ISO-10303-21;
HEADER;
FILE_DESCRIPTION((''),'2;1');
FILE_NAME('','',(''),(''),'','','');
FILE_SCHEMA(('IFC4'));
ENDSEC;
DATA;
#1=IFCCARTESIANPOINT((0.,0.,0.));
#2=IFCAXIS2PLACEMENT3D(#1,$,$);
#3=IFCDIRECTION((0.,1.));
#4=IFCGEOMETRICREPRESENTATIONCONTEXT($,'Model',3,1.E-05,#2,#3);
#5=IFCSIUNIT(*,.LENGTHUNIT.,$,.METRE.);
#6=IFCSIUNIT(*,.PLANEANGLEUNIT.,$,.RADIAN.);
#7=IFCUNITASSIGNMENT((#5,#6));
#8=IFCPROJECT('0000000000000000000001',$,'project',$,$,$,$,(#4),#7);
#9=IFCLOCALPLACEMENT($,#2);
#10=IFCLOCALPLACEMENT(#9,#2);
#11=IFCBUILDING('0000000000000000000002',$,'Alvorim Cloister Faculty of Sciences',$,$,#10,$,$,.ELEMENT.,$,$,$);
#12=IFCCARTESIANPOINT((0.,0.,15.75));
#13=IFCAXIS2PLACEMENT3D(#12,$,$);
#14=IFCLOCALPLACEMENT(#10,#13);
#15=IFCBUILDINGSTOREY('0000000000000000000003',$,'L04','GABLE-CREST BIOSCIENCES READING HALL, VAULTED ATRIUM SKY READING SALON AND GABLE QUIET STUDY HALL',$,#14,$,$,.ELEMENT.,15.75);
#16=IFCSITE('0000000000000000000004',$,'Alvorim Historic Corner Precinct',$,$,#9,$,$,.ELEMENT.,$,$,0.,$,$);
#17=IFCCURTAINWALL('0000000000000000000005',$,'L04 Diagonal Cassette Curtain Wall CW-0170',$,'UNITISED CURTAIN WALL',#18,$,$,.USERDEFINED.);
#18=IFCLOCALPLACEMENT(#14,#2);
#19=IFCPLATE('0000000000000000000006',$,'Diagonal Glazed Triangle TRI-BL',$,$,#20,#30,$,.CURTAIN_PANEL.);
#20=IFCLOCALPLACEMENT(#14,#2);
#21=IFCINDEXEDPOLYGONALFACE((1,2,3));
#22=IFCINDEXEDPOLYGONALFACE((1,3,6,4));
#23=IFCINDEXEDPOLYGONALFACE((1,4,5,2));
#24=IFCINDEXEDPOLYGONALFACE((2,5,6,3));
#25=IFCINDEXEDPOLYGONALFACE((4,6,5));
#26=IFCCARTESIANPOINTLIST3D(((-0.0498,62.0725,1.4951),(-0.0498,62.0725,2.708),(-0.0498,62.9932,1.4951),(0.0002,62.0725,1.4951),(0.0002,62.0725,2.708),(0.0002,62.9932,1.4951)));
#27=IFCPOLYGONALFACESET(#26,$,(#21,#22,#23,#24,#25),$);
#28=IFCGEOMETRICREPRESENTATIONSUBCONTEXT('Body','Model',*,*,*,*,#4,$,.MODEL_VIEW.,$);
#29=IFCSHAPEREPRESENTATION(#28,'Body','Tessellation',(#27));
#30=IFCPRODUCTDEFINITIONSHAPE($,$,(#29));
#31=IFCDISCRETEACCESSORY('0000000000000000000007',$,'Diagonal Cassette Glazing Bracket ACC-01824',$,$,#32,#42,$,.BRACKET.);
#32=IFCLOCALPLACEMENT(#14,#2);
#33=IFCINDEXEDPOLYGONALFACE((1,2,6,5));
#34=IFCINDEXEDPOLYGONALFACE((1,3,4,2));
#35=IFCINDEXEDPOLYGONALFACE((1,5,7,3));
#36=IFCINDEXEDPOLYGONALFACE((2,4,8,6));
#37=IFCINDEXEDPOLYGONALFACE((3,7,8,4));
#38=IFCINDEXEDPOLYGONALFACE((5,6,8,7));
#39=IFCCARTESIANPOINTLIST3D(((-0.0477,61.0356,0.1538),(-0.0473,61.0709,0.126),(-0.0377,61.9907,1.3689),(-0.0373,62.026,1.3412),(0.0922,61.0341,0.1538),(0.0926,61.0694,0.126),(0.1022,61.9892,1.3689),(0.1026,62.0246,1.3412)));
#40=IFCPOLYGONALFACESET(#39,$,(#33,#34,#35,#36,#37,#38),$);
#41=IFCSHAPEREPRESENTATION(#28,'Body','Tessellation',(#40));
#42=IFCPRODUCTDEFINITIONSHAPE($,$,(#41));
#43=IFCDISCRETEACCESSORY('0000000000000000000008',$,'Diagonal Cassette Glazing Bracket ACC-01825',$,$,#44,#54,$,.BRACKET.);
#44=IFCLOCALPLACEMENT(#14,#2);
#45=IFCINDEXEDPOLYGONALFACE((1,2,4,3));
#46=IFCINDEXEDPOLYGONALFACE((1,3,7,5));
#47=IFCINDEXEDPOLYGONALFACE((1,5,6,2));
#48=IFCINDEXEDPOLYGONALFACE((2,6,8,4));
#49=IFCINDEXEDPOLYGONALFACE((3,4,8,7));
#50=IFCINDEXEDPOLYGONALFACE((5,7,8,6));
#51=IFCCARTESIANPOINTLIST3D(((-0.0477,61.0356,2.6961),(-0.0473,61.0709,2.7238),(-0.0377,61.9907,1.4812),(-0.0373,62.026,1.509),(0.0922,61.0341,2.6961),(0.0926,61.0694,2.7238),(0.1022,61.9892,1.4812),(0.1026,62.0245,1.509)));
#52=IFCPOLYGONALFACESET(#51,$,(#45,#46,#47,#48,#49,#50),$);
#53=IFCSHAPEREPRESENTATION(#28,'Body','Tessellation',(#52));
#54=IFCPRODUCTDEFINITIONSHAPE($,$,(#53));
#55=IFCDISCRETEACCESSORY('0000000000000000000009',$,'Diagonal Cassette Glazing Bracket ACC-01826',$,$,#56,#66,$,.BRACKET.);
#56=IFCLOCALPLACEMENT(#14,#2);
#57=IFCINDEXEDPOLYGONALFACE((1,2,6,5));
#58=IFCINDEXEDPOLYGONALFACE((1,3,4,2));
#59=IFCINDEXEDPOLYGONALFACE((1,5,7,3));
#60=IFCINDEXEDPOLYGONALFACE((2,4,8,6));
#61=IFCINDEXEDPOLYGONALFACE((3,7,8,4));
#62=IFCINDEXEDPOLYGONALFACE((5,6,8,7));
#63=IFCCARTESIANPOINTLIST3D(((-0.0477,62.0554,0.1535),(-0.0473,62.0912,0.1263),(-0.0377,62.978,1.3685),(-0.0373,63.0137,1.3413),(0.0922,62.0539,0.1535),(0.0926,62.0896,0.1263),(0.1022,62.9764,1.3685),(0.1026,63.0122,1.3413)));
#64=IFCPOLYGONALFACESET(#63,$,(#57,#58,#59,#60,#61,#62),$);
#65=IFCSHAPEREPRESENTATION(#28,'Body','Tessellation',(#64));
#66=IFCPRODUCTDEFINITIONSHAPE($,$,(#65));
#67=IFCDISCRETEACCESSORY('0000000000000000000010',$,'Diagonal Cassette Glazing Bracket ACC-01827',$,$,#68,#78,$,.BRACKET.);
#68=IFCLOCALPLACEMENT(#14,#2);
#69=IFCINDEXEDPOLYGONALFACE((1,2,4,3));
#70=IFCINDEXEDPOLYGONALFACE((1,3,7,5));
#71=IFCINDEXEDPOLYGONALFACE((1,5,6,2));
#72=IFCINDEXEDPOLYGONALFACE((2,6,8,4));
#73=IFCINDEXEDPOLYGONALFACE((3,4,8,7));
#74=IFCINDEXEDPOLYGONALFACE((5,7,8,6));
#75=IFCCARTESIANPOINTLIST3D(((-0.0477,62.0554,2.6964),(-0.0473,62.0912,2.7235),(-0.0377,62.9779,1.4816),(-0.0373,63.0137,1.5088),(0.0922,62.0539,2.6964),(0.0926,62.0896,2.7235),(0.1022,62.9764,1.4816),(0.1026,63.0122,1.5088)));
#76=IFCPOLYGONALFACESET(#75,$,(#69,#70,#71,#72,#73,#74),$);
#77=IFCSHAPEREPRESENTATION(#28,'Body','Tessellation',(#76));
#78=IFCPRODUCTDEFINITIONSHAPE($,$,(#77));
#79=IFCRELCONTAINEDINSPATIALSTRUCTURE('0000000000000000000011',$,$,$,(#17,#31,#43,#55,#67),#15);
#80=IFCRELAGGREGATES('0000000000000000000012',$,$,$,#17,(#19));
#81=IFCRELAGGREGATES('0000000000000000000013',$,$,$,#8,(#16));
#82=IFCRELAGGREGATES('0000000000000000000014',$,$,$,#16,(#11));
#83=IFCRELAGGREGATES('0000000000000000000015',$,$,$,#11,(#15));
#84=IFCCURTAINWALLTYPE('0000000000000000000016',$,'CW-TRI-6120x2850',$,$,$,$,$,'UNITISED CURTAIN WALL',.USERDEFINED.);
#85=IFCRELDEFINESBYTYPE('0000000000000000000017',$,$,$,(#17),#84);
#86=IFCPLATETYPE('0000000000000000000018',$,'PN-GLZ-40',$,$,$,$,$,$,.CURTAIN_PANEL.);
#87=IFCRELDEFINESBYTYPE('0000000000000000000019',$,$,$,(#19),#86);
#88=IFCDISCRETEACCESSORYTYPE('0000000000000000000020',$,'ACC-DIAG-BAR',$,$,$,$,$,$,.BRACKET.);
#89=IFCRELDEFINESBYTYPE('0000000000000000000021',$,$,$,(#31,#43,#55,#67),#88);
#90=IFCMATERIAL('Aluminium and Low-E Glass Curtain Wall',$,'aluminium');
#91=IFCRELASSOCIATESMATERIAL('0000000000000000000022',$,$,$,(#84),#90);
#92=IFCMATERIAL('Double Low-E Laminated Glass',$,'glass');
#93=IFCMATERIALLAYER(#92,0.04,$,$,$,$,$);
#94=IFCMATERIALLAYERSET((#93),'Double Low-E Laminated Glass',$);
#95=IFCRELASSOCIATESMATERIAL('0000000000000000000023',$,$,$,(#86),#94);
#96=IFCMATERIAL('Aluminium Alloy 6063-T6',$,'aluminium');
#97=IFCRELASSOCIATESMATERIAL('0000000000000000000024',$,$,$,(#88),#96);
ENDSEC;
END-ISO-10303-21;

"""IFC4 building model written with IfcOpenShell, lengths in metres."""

from ifc_helpers import new_model, si_unit, direction, frame, origin, origin_2d, place, context, subcontext, project, spatial, polyline, rectangle, outline, extrude, material, layer, layer_set, type_object, element, aggregate, save


model = new_model("IFC4")

# Units and contexts
model_context = context("Model", 3, precision=1e-05, world=origin(), true_north=direction((0.0, 1.0)))
body_context = subcontext(model_context, "Body", "Model", "MODEL_VIEW")
ifc_project = project(units=[si_unit("LENGTHUNIT", "METRE"), si_unit("PLANEANGLEUNIT", "RADIAN")], contexts=[model_context])

# Site, building, storey
site_placement = place(None, origin())
site = spatial("IfcSite", under=ifc_project, at=site_placement, Name="Alvorim Historic Corner Precinct", CompositionType="ELEMENT", RefElevation=0.0)
building_placement = place(site_placement, origin())
building = spatial("IfcBuilding", under=site, at=building_placement, Name="Alvorim Cloister Faculty of Sciences", CompositionType="ELEMENT")
storey_placement = place(building_placement, frame((0.0, 0.0, 15.75)))
storey = spatial("IfcBuildingStorey", under=building, at=storey_placement, Name="L04", Description="GABLE-CREST BIOSCIENCES READING HALL, VAULTED ATRIUM SKY READING SALON AND GABLE QUIET STUDY HALL", CompositionType="ELEMENT", Elevation=15.75)

# Curtain wall, plate
ifc_material_1 = material(Name="Aluminium and Low-E Glass Curtain Wall", Category="aluminium")
curtain_wall_type = type_object("IfcCurtainWallType", Name="CW-TRI-6120x2850", ElementType="UNITISED CURTAIN WALL", PredefinedType="USERDEFINED", material=ifc_material_1)
curtain_wall_placement = place(storey_placement, origin())
curtain_wall = element("IfcCurtainWall", 1, at=curtain_wall_placement, inside=storey, type_object=curtain_wall_type, Name="L04 Diagonal Cassette Curtain Wall CW-0170", ObjectType="UNITISED CURTAIN WALL", PredefinedType="USERDEFINED")
ifc_material_2 = material(Name="Aluminium Alloy 6063-T6", Category="aluminium")
ifc_material_3 = material(Name="Double Low-E Laminated Glass", Category="glass")
ifc_layer = layer(ifc_material_3, 0.04)
ifc_layer_set = layer_set([ifc_layer], Name="Double Low-E Laminated Glass")
plate_type = type_object("IfcPlateType", Name="PN-GLZ-40", PredefinedType="CURTAIN_PANEL", material=ifc_layer_set)
plate_1_placement = place(storey_placement, frame((-0.0249, 62.0725, 1.4951), z_axis=(0.0, 0.0, 1.0), x_axis=(0.0, 1.0, 0.0)))
plate_1 = element("IfcPlate", 2, at=plate_1_placement, type_object=plate_type, Name="Diagonal Glazed Triangle TRI-BL", PredefinedType="CURTAIN_PANEL", context=body_context, shape_type="SweptSolid", body=[
    extrude(outline(polyline([(0.0, 0.0), (0.9207, 0.0), (0.0, 1.2129), (0.0, 0.0)])), frame((0.0, 0.0249, 0.0), z_axis=(0.0, -1.0, 0.0), x_axis=(1.0, 0.0, 0.0)), (0.0, 0.0, 1.0), 0.05),
])
aggregate(curtain_wall, [plate_1])

# Discrete accessories
discrete_accessory_type = type_object("IfcDiscreteAccessoryType", Name="ACC-DIAG-BAR", PredefinedType="BRACKET", material=ifc_material_2)
discrete_accessory_1_placement = place(storey_placement, frame((0.0225, 61.0525, 0.1399), z_axis=(0.006477, 0.617955, 0.786187), x_axis=(-0.999945, 0.01048, 0.0)))
element("IfcDiscreteAccessory", 3, at=discrete_accessory_1_placement, inside=storey, type_object=discrete_accessory_type, Name="Diagonal Cassette Glazing Bracket ACC-01824", PredefinedType="BRACKET", context=body_context, shape_type="SweptSolid", body=[
    extrude(rectangle(XDim=0.1399, YDim=0.0449, at=origin_2d()), origin(), (0.0, 0.0, 1.0), 1.5457),
])
discrete_accessory_2_placement = place(storey_placement, frame((0.0225, 61.0525, 2.71), z_axis=(0.006477, 0.618032, -0.786126), x_axis=(-0.999945, 0.01048, 0.0)))
element("IfcDiscreteAccessory", 4, at=discrete_accessory_2_placement, inside=storey, type_object=discrete_accessory_type, Name="Diagonal Cassette Glazing Bracket ACC-01825", PredefinedType="BRACKET", context=body_context, shape_type="SweptSolid", body=[
    extrude(rectangle(XDim=0.1399, YDim=0.0449, at=origin_2d()), origin(), (0.0, 0.0, 1.0), 1.5454),
])
discrete_accessory_3_placement = place(storey_placement, frame((0.0225, 62.0725, 0.1399), z_axis=(0.006561, 0.604713, 0.796416), x_axis=(-0.999941, 0.010849, 0.0)))
element("IfcDiscreteAccessory", 5, at=discrete_accessory_3_placement, inside=storey, type_object=discrete_accessory_type, Name="Diagonal Cassette Glazing Bracket ACC-01826", PredefinedType="BRACKET", context=body_context, shape_type="SweptSolid", body=[
    extrude(rectangle(XDim=0.1399, YDim=0.0449, at=origin_2d()), origin(), (0.0, 0.0, 1.0), 1.5256),
])
discrete_accessory_4_placement = place(storey_placement, frame((0.0225, 62.0725, 2.71), z_axis=(0.006562, 0.60479, -0.796358), x_axis=(-0.999941, 0.010849, 0.0)))
element("IfcDiscreteAccessory", 6, at=discrete_accessory_4_placement, inside=storey, type_object=discrete_accessory_type, Name="Diagonal Cassette Glazing Bracket ACC-01827", PredefinedType="BRACKET", context=body_context, shape_type="SweptSolid", body=[
    extrude(rectangle(XDim=0.1399, YDim=0.0449, at=origin_2d()), origin(), (0.0, 0.0, 1.0), 1.5254),
])

save(model, "model.ifc")
